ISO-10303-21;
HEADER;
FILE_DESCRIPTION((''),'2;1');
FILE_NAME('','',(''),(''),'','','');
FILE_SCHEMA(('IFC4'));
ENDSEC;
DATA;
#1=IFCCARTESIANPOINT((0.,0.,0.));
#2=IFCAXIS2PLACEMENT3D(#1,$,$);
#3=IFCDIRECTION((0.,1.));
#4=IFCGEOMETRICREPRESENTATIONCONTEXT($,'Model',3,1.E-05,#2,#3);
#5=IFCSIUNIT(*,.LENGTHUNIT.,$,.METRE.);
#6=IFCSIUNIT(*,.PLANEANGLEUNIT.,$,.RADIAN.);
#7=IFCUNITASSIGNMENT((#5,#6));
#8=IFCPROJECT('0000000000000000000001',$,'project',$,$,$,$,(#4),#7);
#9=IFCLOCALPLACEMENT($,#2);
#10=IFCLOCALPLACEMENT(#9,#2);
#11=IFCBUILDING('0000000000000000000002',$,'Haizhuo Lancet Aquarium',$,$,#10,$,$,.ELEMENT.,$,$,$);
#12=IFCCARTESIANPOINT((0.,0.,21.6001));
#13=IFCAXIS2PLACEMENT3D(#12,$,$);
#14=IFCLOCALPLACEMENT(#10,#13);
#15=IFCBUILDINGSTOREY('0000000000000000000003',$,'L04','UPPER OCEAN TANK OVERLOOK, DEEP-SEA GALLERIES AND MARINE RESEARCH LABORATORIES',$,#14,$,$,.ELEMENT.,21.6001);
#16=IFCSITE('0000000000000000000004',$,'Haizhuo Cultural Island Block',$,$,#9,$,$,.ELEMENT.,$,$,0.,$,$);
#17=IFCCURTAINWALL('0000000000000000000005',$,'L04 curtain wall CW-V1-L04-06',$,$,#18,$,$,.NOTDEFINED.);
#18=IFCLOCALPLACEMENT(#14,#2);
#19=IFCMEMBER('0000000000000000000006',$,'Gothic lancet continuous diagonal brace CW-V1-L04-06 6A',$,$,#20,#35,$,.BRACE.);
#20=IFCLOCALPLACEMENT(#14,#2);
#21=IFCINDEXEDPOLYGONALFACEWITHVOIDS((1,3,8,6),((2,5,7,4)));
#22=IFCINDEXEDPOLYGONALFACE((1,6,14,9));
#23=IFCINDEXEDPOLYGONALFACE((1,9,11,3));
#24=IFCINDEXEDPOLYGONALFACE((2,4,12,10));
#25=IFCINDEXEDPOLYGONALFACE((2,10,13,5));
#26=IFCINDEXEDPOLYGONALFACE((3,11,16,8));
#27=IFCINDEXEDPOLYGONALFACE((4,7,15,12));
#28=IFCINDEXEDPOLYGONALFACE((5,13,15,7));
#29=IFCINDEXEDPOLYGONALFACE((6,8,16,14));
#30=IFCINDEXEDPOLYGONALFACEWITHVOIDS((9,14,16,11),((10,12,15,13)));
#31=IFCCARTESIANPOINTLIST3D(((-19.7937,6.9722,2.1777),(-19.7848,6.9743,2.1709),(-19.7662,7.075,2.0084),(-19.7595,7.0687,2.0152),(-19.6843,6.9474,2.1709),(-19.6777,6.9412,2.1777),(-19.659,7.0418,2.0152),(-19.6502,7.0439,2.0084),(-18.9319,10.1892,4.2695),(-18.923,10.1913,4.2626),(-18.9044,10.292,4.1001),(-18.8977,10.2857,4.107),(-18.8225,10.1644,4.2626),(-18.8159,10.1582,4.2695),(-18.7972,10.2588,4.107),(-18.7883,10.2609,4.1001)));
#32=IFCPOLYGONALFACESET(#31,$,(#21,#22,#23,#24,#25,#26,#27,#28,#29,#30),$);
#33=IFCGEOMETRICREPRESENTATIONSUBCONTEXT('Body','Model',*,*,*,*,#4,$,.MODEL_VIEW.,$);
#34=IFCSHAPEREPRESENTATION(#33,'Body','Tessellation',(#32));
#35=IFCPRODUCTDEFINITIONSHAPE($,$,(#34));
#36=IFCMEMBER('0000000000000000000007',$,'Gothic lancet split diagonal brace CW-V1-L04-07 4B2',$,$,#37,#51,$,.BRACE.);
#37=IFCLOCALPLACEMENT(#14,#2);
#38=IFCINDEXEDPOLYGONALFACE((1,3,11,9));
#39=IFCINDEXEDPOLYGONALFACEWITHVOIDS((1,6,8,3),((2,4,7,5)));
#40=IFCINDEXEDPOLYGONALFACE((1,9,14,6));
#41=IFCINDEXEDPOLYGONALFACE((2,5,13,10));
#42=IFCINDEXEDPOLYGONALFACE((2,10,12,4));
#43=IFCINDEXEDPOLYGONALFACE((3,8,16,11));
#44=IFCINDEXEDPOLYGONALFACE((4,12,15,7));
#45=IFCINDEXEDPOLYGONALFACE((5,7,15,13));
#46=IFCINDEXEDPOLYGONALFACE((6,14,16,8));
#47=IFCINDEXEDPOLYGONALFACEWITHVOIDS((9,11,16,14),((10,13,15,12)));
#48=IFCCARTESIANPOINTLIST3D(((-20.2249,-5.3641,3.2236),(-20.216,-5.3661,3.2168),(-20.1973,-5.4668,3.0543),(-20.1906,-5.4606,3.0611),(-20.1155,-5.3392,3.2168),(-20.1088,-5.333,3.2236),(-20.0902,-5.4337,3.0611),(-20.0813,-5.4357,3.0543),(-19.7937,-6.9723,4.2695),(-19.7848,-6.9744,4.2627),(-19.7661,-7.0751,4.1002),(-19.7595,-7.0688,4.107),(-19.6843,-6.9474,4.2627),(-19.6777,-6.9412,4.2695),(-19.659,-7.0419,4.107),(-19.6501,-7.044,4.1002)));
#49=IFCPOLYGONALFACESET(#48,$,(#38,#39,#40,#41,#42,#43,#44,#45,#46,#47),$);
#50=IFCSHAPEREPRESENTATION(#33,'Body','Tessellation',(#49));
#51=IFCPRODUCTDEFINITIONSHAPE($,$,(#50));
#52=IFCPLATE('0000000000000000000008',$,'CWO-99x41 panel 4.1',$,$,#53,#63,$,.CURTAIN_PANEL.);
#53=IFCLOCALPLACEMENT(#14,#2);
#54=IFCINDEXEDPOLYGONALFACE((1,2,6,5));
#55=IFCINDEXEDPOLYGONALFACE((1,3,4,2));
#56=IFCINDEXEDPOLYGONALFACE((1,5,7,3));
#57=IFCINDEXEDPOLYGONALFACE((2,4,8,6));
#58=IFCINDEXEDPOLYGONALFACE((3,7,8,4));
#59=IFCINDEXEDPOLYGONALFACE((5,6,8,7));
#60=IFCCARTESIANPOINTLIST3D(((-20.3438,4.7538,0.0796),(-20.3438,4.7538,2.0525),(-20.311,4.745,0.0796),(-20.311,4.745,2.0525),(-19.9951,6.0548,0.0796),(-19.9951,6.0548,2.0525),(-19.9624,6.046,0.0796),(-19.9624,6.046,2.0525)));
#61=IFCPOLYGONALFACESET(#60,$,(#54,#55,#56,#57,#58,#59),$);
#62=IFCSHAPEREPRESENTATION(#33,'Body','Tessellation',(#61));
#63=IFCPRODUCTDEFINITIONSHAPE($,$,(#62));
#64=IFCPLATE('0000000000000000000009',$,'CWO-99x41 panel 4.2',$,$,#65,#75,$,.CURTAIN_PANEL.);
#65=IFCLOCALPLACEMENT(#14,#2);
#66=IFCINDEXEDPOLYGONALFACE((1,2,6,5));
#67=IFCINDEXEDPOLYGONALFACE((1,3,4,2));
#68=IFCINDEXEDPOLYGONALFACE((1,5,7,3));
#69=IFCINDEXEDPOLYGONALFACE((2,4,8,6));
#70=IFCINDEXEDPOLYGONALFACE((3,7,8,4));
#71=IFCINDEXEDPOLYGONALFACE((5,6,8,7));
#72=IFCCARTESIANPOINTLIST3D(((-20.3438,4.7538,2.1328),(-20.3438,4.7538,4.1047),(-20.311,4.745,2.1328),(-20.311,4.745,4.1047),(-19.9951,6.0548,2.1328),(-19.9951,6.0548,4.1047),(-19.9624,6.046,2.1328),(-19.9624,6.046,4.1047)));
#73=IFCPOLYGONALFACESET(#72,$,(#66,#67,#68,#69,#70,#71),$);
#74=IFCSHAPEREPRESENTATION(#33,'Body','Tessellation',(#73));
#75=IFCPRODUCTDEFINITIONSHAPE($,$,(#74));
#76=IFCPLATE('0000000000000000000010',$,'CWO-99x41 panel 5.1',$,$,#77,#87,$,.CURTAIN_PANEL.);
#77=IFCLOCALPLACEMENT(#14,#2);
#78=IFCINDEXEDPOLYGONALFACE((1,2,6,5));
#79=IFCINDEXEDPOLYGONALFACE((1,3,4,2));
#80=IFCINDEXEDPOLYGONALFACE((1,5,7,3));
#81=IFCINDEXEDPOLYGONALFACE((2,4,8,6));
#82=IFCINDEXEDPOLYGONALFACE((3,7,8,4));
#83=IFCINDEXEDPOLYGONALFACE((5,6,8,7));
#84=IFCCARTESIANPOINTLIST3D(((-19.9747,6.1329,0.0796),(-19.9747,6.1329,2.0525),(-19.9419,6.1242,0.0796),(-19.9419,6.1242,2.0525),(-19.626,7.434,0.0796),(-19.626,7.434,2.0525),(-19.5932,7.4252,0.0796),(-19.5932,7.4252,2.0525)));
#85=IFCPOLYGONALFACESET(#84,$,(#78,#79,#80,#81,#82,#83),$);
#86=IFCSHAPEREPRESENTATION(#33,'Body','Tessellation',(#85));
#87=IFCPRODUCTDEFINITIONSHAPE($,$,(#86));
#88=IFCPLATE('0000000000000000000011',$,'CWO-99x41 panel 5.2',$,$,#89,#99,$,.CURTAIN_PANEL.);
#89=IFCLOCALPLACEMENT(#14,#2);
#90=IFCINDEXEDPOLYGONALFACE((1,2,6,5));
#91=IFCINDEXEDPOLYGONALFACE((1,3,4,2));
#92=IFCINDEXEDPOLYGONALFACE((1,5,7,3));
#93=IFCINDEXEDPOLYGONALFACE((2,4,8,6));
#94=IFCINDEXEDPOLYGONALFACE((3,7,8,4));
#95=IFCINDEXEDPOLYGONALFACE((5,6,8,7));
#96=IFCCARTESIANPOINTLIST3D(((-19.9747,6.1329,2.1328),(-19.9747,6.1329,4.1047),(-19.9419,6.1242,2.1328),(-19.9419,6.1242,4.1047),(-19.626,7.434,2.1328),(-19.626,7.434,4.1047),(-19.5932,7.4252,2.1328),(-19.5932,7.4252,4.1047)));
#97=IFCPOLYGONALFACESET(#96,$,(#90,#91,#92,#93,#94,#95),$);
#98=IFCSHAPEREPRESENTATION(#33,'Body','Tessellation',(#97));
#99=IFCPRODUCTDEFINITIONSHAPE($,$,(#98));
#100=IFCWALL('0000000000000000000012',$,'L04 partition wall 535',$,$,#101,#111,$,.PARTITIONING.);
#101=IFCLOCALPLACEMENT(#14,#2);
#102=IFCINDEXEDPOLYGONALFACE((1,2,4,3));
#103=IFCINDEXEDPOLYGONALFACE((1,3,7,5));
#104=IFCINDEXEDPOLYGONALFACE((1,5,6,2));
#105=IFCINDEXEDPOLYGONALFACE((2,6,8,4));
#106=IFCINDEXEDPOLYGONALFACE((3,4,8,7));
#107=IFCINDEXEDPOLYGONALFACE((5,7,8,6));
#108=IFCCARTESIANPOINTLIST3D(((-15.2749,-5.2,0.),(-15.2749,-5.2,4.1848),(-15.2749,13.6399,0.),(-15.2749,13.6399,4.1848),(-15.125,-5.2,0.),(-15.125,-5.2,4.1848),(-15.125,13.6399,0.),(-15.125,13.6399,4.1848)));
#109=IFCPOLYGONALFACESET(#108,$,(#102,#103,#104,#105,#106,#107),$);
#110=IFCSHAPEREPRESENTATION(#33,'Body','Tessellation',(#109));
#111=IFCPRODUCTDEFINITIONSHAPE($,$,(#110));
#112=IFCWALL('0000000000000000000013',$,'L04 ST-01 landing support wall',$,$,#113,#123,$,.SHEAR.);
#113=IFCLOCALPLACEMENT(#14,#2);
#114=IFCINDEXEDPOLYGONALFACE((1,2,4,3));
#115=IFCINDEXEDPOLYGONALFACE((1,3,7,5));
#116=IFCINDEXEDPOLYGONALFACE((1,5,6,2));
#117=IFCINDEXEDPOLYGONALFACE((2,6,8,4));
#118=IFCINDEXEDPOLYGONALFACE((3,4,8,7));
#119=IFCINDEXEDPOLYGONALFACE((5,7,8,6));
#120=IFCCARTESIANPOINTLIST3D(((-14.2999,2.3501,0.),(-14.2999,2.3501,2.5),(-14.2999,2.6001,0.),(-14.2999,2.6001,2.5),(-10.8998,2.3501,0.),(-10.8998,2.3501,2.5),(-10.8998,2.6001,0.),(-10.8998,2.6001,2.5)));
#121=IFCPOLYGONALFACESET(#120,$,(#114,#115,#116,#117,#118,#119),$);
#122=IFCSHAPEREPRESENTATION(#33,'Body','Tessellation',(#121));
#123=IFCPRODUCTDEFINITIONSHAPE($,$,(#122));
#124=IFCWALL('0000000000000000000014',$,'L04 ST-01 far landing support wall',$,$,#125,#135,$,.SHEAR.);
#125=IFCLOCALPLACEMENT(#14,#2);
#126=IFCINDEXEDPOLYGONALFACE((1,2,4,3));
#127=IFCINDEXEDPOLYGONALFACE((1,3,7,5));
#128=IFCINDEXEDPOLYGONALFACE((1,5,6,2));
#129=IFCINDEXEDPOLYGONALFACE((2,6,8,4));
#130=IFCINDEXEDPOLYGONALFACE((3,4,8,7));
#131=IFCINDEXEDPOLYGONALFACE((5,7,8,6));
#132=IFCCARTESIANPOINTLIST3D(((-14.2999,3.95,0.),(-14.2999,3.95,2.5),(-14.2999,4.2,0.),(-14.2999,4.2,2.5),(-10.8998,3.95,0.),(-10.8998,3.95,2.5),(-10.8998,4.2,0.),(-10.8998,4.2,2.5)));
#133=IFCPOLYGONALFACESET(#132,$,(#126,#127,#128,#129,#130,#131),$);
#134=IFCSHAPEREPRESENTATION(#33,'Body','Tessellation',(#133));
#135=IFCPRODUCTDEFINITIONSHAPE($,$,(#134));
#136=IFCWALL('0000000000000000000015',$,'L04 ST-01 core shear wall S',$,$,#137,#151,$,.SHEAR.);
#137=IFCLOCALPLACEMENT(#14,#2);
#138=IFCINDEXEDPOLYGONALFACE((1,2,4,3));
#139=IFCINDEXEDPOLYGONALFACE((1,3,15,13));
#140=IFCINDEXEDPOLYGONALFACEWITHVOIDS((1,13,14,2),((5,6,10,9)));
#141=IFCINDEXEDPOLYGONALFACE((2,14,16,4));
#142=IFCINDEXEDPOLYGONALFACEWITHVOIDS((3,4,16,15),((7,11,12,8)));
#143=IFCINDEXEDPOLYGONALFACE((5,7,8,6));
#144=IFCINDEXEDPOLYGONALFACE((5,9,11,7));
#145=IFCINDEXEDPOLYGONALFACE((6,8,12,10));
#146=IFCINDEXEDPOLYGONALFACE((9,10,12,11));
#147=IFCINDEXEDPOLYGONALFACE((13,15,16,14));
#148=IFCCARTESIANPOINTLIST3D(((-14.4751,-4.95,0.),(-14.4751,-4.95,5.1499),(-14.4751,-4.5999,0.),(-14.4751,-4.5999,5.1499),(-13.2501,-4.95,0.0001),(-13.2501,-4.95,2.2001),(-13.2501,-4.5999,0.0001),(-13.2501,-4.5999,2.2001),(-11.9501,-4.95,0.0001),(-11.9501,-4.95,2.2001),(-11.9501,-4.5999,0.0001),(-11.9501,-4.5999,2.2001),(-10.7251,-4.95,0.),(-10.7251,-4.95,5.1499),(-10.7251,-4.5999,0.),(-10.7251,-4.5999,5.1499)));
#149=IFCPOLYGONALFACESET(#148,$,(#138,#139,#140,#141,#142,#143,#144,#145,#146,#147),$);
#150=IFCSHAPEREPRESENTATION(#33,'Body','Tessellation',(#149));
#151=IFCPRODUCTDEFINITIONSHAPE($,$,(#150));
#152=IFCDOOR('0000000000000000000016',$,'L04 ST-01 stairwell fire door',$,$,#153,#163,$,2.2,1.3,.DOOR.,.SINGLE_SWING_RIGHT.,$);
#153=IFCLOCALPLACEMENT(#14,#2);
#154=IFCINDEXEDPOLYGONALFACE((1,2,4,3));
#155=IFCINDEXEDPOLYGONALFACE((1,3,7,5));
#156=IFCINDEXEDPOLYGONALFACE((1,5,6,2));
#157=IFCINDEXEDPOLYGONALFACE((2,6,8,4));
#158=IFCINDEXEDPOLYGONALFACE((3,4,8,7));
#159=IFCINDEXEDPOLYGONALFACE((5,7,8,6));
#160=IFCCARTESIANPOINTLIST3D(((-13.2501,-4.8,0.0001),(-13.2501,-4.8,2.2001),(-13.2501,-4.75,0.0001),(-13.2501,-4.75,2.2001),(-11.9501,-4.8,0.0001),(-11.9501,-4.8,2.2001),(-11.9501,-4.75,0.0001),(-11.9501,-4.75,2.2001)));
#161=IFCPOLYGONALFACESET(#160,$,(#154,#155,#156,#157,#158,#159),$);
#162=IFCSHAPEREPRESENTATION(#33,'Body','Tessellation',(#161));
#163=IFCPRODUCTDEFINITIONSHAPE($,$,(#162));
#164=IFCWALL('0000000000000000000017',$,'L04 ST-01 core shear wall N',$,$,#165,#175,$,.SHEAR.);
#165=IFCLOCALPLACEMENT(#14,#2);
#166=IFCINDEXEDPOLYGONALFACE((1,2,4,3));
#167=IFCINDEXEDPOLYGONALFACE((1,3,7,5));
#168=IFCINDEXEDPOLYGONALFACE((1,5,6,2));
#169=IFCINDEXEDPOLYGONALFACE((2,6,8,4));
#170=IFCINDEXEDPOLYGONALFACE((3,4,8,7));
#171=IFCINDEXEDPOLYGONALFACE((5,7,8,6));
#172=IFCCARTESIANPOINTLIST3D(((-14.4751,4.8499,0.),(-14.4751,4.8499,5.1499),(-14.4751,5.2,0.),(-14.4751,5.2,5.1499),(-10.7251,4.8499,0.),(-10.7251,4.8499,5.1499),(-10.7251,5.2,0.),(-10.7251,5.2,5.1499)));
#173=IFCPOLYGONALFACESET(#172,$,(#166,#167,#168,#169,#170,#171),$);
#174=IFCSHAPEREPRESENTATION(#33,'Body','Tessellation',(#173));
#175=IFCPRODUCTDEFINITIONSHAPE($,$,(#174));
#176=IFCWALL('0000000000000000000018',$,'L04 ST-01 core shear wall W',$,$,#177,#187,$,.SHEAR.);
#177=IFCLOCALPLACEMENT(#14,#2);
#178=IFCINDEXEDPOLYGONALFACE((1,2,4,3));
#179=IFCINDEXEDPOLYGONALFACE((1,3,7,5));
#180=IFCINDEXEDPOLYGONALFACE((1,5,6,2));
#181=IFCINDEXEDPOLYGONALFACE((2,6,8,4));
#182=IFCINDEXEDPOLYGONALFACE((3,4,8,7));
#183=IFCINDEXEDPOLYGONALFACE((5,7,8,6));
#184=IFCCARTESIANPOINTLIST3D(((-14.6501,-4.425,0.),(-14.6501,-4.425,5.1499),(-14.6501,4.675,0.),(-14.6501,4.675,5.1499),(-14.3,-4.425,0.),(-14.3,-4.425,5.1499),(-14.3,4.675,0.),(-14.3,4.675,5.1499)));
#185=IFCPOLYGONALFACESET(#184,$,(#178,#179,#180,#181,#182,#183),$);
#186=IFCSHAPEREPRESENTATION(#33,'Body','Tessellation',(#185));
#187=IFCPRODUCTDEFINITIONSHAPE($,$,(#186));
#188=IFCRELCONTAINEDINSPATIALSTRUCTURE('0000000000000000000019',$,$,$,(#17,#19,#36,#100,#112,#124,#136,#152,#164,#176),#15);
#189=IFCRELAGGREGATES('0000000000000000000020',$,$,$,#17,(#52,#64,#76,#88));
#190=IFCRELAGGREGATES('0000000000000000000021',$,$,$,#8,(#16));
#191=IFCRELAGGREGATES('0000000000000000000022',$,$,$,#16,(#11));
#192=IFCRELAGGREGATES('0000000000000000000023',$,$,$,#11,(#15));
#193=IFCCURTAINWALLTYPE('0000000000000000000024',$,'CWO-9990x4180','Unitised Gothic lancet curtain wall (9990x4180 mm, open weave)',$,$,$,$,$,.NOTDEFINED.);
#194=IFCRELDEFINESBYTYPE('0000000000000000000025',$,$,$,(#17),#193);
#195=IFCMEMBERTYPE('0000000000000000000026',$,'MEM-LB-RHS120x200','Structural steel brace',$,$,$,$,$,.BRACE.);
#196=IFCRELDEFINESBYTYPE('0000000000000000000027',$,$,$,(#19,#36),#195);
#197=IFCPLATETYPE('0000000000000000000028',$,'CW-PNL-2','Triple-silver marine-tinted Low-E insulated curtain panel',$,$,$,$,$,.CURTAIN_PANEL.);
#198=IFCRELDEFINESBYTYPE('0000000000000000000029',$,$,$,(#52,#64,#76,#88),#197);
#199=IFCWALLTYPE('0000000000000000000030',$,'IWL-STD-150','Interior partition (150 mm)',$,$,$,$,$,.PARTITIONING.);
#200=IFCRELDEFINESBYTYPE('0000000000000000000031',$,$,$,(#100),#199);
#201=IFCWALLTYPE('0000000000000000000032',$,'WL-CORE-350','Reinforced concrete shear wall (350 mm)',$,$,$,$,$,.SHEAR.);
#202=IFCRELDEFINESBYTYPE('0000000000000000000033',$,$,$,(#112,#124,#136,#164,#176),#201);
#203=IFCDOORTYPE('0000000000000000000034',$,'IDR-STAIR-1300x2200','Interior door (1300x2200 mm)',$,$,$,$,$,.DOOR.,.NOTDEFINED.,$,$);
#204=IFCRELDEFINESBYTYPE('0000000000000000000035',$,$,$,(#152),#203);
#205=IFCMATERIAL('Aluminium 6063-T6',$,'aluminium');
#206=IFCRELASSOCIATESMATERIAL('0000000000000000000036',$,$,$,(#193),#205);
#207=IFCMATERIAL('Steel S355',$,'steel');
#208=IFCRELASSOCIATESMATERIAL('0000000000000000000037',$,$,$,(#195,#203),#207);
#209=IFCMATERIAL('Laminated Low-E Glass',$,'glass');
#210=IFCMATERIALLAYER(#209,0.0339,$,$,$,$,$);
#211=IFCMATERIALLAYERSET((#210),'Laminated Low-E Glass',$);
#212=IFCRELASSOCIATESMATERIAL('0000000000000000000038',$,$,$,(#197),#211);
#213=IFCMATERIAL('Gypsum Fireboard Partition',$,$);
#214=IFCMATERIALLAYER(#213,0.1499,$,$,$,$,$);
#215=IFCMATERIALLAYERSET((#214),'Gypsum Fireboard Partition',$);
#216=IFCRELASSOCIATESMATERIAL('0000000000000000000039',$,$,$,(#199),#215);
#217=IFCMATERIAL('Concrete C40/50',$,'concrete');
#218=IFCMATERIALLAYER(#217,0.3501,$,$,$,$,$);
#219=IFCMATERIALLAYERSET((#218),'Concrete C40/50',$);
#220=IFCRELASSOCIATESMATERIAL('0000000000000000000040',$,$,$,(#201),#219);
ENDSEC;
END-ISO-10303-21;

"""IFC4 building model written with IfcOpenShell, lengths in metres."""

from ifc_helpers import new_model, si_unit, direction, frame, frame_2d, origin, origin_2d, place, context, subcontext, project, spatial, rectangle, hollow_rectangle, extrude, material, layer, layer_set, material_profile, profile_set, type_object, element, fill, aggregate, save


model = new_model("IFC4")

# Units and contexts
model_context = context("Model", 3, precision=1e-05, world=origin(), true_north=direction((0.0, 1.0)))
body_context = subcontext(model_context, "Body", "Model", "MODEL_VIEW")
ifc_project = project(units=[si_unit("LENGTHUNIT", "METRE"), si_unit("PLANEANGLEUNIT", "RADIAN")], contexts=[model_context])

# Site, building, storey
site_placement = place(None, origin())
site = spatial("IfcSite", under=ifc_project, at=site_placement, Name="Haizhuo Cultural Island Block", CompositionType="ELEMENT", RefElevation=0.0)
building_placement = place(site_placement, origin())
building = spatial("IfcBuilding", under=site, at=building_placement, Name="Haizhuo Lancet Aquarium", CompositionType="ELEMENT")
storey_placement = place(building_placement, frame((0.0, 0.0, 21.6001)))
storey = spatial("IfcBuildingStorey", under=building, at=storey_placement, Name="L04", Description="UPPER OCEAN TANK OVERLOOK, DEEP-SEA GALLERIES AND MARINE RESEARCH LABORATORIES", CompositionType="ELEMENT", Elevation=21.6001)

# Curtain wall
ifc_material_1 = material(Name="Aluminium 6063-T6", Category="aluminium")
curtain_wall_type = type_object("IfcCurtainWallType", Name="CWO-9990x4180", Description="Unitised Gothic lancet curtain wall (9990x4180 mm, open weave)", PredefinedType="NOTDEFINED", material=ifc_material_1)
curtain_wall_placement = place(storey_placement, origin())
curtain_wall = element("IfcCurtainWall", 1, at=curtain_wall_placement, inside=storey, type_object=curtain_wall_type, Name="L04 curtain wall CW-V1-L04-06", PredefinedType="NOTDEFINED")

# Members
ifc_material_2 = material(Name="Steel S355", Category="steel")
ifc_material_profile_1 = material_profile(ifc_material_2, hollow_rectangle(XDim=0.1201, YDim=0.2, WallThickness=0.0081, at=origin_2d()), Name="RHS 120x200x8")
ifc_profile_set_1 = profile_set([ifc_material_profile_1], Name="Steel S355")
member_type_1 = type_object("IfcMemberType", Name="MEM-LB-RHS120x200", Description="Structural steel brace", PredefinedType="BRACE", material=ifc_profile_set_1)
member_1_placement = place(storey_placement, frame((-19.7219, 7.0081, 2.093), z_axis=(0.21913, 0.817982, 0.531871), x_axis=(-0.96594, 0.258767, 0.0)))
element("IfcMember", 2, at=member_1_placement, inside=storey, type_object=member_type_1, Name="Gothic lancet continuous diagonal brace CW-V1-L04-06 6A", PredefinedType="BRACE", context=body_context, shape_type="SweptSolid", body=[
    extrude(hollow_rectangle(XDim=0.1201, YDim=0.2, WallThickness=0.0081, at=origin_2d()), origin(), (0.0, 0.0, 1.0), 3.9329),
])
member_2_placement = place(storey_placement, frame((-20.1531, -5.3999, 3.1389), z_axis=(0.219282, -0.817898, 0.531938), x_axis=(0.965888, 0.258958, 0.0)))
element("IfcMember", 3, at=member_2_placement, inside=storey, type_object=member_type_1, Name="Gothic lancet split diagonal brace CW-V1-L04-07 4B2", PredefinedType="BRACE", context=body_context, shape_type="SweptSolid", body=[
    extrude(hollow_rectangle(XDim=0.1201, YDim=0.2, WallThickness=0.0081, at=origin_2d()), origin(), (0.0, 0.0, 1.0), 1.9663),
])

# Plates
ifc_material_3 = material(Name="Laminated Low-E Glass", Category="glass")
ifc_layer_1 = layer(ifc_material_3, 0.0339)
ifc_layer_set_1 = layer_set([ifc_layer_1], Name="Laminated Low-E Glass")
plate_type = type_object("IfcPlateType", Name="CW-PNL-2", Description="Triple-silver marine-tinted Low-E insulated curtain panel", PredefinedType="CURTAIN_PANEL", material=ifc_layer_set_1)
plate_1_placement = place(storey_placement, frame((-20.1531, 5.3999, 0.0796), z_axis=(0.0, 0.0, 1.0), x_axis=(0.258853, 0.965917, 0.0)))
plate_1 = element("IfcPlate", 4, at=plate_1_placement, type_object=plate_type, Name="CWO-99x41 panel 4.1", PredefinedType="CURTAIN_PANEL", context=body_context, shape_type="SweptSolid", body=[
    extrude(rectangle(XDim=1.3469, YDim=0.0339, at=origin_2d()), origin(), (0.0, 0.0, 1.0), 1.9729),
])
plate_2_placement = place(storey_placement, frame((-20.1531, 5.3999, 2.1328), z_axis=(0.0, 0.0, 1.0), x_axis=(0.258853, 0.965917, 0.0)))
plate_2 = element("IfcPlate", 5, at=plate_2_placement, type_object=plate_type, Name="CWO-99x41 panel 4.2", PredefinedType="CURTAIN_PANEL", context=body_context, shape_type="SweptSolid", body=[
    extrude(rectangle(XDim=1.3469, YDim=0.0339, at=origin_2d()), origin(), (0.0, 0.0, 1.0), 1.9719),
])
plate_3_placement = place(storey_placement, frame((-19.7839, 6.7791, 0.0796), z_axis=(0.0, 0.0, 1.0), x_axis=(0.258853, 0.965917, 0.0)))
plate_3 = element("IfcPlate", 6, at=plate_3_placement, type_object=plate_type, Name="CWO-99x41 panel 5.1", PredefinedType="CURTAIN_PANEL", context=body_context, shape_type="SweptSolid", body=[
    extrude(rectangle(XDim=1.3469, YDim=0.0339, at=origin_2d()), origin(), (0.0, 0.0, 1.0), 1.9729),
])
plate_4_placement = place(storey_placement, frame((-19.7839, 6.7791, 2.1328), z_axis=(0.0, 0.0, 1.0), x_axis=(0.258853, 0.965917, 0.0)))
plate_4 = element("IfcPlate", 7, at=plate_4_placement, type_object=plate_type, Name="CWO-99x41 panel 5.2", PredefinedType="CURTAIN_PANEL", context=body_context, shape_type="SweptSolid", body=[
    extrude(rectangle(XDim=1.3469, YDim=0.0339, at=origin_2d()), origin(), (0.0, 0.0, 1.0), 1.9719),
])
aggregate(curtain_wall, [plate_1, plate_2, plate_3, plate_4])

# Walls
ifc_material_4 = material(Name="Gypsum Fireboard Partition")
ifc_layer_2 = layer(ifc_material_4, 0.1499)
ifc_layer_set_2 = layer_set([ifc_layer_2], Name="Gypsum Fireboard Partition")
wall_type_1 = type_object("IfcWallType", Name="IWL-STD-150", Description="Interior partition (150 mm)", PredefinedType="PARTITIONING", material=ifc_layer_set_2)
wall_1_placement = place(storey_placement, frame((-15.2, -5.2, 0.0), z_axis=(0.0, 0.0, 1.0), x_axis=(0.0, 1.0, 0.0)))
element("IfcWall", 8, at=wall_1_placement, inside=storey, type_object=wall_type_1, Name="L04 partition wall 535", PredefinedType="PARTITIONING", context=body_context, shape_type="SweptSolid", body=[
    extrude(rectangle(XDim=18.8398, YDim=0.1499, at=frame_2d((9.4199, 0.0))), origin(), (0.0, 0.0, 1.0), 4.1848),
])
ifc_material_5 = material(Name="Concrete C40/50", Category="concrete")
ifc_layer_3 = layer(ifc_material_5, 0.3501)
ifc_layer_set_3 = layer_set([ifc_layer_3], Name="Concrete C40/50")
wall_type_2 = type_object("IfcWallType", Name="WL-CORE-350", Description="Reinforced concrete shear wall (350 mm)", PredefinedType="SHEAR", material=ifc_layer_set_3)
for number, where, z_axis, x_axis, name in (
    (9, (-14.3, 2.4751, 0.0), (0.0, 0.0, 1.0), (1.0, 0.0, 0.0), "L04 ST-01 landing support wall"),
    (10, (-14.3, 4.075, 0.0), (0.0, 0.0, 1.0), (1.0, 0.0, 0.0), "L04 ST-01 far landing support wall"),
):
    element("IfcWall", number, at=place(storey_placement, frame(where, z_axis=z_axis, x_axis=x_axis)), inside=storey, type_object=wall_type_2, Name=name, PredefinedType="SHEAR", context=body_context, shape_type="SweptSolid", body=[
        extrude(rectangle(XDim=3.4001, YDim=0.25, at=frame_2d((1.7002, 0.0))), origin(), (0.0, 0.0, 1.0), 2.5),
    ])

# Wall, opening, door
wall_2_placement = place(storey_placement, frame((-14.4751, -4.7749, 0.0), z_axis=(0.0, 0.0, 1.0), x_axis=(1.0, 0.0, 0.0)))
wall_2 = element("IfcWall", 11, at=wall_2_placement, inside=storey, type_object=wall_type_2, Name="L04 ST-01 core shear wall S", PredefinedType="SHEAR", context=body_context, shape_type="SweptSolid", body=[
    extrude(rectangle(XDim=3.75, YDim=0.3501, at=frame_2d((1.875, 0.0))), origin(), (0.0, 0.0, 1.0), 5.1499),
])
opening_placement = place(wall_2_placement, frame((1.2251, 0.0, 0.0)))
opening = element("IfcOpeningElement", 12, at=opening_placement, cuts=wall_2, PredefinedType="OPENING", context=body_context, shape_type="SweptSolid", body=[
    extrude(rectangle(XDim=1.3, YDim=2.2, at=frame_2d((0.6499, 1.1001))), frame((0.0, 0.1851, 0.0), z_axis=(0.0, -1.0, 0.0), x_axis=(1.0, 0.0, 0.0)), (0.0, 0.0, 1.0), 0.3701),
])
door_type = type_object("IfcDoorType", Name="IDR-STAIR-1300x2200", Description="Interior door (1300x2200 mm)", OperationType="NOTDEFINED", PredefinedType="DOOR", material=ifc_material_2)
door_placement = place(opening_placement, origin())
door = element("IfcDoor", 13, at=door_placement, inside=storey, type_object=door_type, Name="L04 ST-01 stairwell fire door", OperationType="SINGLE_SWING_RIGHT", OverallHeight=2.2, OverallWidth=1.3, PredefinedType="DOOR", context=body_context, shape_type="SweptSolid", body=[
    extrude(rectangle(XDim=1.3, YDim=2.2, at=frame_2d((0.6499, 1.1001))), frame((0.0, 0.0249, 0.0), z_axis=(0.0, -1.0, 0.0), x_axis=(1.0, 0.0, 0.0)), (0.0, 0.0, 1.0), 0.05),
])
fill(opening, door)

# Walls
wall_3_placement = place(storey_placement, frame((-14.4751, 5.0249, 0.0), z_axis=(0.0, 0.0, 1.0), x_axis=(1.0, 0.0, 0.0)))
element("IfcWall", 14, at=wall_3_placement, inside=storey, type_object=wall_type_2, Name="L04 ST-01 core shear wall N", PredefinedType="SHEAR", context=body_context, shape_type="SweptSolid", body=[
    extrude(rectangle(XDim=3.75, YDim=0.3501, at=frame_2d((1.875, 0.0))), origin(), (0.0, 0.0, 1.0), 5.1499),
])
wall_4_placement = place(storey_placement, frame((-14.4751, -4.425, 0.0), z_axis=(0.0, 0.0, 1.0), x_axis=(0.0, 1.0, 0.0)))
element("IfcWall", 15, at=wall_4_placement, inside=storey, type_object=wall_type_2, Name="L04 ST-01 core shear wall W", PredefinedType="SHEAR", context=body_context, shape_type="SweptSolid", body=[
    extrude(rectangle(XDim=9.1001, YDim=0.3501, at=frame_2d((4.55, 0.0))), origin(), (0.0, 0.0, 1.0), 5.1499),
])

save(model, "model.ifc")
